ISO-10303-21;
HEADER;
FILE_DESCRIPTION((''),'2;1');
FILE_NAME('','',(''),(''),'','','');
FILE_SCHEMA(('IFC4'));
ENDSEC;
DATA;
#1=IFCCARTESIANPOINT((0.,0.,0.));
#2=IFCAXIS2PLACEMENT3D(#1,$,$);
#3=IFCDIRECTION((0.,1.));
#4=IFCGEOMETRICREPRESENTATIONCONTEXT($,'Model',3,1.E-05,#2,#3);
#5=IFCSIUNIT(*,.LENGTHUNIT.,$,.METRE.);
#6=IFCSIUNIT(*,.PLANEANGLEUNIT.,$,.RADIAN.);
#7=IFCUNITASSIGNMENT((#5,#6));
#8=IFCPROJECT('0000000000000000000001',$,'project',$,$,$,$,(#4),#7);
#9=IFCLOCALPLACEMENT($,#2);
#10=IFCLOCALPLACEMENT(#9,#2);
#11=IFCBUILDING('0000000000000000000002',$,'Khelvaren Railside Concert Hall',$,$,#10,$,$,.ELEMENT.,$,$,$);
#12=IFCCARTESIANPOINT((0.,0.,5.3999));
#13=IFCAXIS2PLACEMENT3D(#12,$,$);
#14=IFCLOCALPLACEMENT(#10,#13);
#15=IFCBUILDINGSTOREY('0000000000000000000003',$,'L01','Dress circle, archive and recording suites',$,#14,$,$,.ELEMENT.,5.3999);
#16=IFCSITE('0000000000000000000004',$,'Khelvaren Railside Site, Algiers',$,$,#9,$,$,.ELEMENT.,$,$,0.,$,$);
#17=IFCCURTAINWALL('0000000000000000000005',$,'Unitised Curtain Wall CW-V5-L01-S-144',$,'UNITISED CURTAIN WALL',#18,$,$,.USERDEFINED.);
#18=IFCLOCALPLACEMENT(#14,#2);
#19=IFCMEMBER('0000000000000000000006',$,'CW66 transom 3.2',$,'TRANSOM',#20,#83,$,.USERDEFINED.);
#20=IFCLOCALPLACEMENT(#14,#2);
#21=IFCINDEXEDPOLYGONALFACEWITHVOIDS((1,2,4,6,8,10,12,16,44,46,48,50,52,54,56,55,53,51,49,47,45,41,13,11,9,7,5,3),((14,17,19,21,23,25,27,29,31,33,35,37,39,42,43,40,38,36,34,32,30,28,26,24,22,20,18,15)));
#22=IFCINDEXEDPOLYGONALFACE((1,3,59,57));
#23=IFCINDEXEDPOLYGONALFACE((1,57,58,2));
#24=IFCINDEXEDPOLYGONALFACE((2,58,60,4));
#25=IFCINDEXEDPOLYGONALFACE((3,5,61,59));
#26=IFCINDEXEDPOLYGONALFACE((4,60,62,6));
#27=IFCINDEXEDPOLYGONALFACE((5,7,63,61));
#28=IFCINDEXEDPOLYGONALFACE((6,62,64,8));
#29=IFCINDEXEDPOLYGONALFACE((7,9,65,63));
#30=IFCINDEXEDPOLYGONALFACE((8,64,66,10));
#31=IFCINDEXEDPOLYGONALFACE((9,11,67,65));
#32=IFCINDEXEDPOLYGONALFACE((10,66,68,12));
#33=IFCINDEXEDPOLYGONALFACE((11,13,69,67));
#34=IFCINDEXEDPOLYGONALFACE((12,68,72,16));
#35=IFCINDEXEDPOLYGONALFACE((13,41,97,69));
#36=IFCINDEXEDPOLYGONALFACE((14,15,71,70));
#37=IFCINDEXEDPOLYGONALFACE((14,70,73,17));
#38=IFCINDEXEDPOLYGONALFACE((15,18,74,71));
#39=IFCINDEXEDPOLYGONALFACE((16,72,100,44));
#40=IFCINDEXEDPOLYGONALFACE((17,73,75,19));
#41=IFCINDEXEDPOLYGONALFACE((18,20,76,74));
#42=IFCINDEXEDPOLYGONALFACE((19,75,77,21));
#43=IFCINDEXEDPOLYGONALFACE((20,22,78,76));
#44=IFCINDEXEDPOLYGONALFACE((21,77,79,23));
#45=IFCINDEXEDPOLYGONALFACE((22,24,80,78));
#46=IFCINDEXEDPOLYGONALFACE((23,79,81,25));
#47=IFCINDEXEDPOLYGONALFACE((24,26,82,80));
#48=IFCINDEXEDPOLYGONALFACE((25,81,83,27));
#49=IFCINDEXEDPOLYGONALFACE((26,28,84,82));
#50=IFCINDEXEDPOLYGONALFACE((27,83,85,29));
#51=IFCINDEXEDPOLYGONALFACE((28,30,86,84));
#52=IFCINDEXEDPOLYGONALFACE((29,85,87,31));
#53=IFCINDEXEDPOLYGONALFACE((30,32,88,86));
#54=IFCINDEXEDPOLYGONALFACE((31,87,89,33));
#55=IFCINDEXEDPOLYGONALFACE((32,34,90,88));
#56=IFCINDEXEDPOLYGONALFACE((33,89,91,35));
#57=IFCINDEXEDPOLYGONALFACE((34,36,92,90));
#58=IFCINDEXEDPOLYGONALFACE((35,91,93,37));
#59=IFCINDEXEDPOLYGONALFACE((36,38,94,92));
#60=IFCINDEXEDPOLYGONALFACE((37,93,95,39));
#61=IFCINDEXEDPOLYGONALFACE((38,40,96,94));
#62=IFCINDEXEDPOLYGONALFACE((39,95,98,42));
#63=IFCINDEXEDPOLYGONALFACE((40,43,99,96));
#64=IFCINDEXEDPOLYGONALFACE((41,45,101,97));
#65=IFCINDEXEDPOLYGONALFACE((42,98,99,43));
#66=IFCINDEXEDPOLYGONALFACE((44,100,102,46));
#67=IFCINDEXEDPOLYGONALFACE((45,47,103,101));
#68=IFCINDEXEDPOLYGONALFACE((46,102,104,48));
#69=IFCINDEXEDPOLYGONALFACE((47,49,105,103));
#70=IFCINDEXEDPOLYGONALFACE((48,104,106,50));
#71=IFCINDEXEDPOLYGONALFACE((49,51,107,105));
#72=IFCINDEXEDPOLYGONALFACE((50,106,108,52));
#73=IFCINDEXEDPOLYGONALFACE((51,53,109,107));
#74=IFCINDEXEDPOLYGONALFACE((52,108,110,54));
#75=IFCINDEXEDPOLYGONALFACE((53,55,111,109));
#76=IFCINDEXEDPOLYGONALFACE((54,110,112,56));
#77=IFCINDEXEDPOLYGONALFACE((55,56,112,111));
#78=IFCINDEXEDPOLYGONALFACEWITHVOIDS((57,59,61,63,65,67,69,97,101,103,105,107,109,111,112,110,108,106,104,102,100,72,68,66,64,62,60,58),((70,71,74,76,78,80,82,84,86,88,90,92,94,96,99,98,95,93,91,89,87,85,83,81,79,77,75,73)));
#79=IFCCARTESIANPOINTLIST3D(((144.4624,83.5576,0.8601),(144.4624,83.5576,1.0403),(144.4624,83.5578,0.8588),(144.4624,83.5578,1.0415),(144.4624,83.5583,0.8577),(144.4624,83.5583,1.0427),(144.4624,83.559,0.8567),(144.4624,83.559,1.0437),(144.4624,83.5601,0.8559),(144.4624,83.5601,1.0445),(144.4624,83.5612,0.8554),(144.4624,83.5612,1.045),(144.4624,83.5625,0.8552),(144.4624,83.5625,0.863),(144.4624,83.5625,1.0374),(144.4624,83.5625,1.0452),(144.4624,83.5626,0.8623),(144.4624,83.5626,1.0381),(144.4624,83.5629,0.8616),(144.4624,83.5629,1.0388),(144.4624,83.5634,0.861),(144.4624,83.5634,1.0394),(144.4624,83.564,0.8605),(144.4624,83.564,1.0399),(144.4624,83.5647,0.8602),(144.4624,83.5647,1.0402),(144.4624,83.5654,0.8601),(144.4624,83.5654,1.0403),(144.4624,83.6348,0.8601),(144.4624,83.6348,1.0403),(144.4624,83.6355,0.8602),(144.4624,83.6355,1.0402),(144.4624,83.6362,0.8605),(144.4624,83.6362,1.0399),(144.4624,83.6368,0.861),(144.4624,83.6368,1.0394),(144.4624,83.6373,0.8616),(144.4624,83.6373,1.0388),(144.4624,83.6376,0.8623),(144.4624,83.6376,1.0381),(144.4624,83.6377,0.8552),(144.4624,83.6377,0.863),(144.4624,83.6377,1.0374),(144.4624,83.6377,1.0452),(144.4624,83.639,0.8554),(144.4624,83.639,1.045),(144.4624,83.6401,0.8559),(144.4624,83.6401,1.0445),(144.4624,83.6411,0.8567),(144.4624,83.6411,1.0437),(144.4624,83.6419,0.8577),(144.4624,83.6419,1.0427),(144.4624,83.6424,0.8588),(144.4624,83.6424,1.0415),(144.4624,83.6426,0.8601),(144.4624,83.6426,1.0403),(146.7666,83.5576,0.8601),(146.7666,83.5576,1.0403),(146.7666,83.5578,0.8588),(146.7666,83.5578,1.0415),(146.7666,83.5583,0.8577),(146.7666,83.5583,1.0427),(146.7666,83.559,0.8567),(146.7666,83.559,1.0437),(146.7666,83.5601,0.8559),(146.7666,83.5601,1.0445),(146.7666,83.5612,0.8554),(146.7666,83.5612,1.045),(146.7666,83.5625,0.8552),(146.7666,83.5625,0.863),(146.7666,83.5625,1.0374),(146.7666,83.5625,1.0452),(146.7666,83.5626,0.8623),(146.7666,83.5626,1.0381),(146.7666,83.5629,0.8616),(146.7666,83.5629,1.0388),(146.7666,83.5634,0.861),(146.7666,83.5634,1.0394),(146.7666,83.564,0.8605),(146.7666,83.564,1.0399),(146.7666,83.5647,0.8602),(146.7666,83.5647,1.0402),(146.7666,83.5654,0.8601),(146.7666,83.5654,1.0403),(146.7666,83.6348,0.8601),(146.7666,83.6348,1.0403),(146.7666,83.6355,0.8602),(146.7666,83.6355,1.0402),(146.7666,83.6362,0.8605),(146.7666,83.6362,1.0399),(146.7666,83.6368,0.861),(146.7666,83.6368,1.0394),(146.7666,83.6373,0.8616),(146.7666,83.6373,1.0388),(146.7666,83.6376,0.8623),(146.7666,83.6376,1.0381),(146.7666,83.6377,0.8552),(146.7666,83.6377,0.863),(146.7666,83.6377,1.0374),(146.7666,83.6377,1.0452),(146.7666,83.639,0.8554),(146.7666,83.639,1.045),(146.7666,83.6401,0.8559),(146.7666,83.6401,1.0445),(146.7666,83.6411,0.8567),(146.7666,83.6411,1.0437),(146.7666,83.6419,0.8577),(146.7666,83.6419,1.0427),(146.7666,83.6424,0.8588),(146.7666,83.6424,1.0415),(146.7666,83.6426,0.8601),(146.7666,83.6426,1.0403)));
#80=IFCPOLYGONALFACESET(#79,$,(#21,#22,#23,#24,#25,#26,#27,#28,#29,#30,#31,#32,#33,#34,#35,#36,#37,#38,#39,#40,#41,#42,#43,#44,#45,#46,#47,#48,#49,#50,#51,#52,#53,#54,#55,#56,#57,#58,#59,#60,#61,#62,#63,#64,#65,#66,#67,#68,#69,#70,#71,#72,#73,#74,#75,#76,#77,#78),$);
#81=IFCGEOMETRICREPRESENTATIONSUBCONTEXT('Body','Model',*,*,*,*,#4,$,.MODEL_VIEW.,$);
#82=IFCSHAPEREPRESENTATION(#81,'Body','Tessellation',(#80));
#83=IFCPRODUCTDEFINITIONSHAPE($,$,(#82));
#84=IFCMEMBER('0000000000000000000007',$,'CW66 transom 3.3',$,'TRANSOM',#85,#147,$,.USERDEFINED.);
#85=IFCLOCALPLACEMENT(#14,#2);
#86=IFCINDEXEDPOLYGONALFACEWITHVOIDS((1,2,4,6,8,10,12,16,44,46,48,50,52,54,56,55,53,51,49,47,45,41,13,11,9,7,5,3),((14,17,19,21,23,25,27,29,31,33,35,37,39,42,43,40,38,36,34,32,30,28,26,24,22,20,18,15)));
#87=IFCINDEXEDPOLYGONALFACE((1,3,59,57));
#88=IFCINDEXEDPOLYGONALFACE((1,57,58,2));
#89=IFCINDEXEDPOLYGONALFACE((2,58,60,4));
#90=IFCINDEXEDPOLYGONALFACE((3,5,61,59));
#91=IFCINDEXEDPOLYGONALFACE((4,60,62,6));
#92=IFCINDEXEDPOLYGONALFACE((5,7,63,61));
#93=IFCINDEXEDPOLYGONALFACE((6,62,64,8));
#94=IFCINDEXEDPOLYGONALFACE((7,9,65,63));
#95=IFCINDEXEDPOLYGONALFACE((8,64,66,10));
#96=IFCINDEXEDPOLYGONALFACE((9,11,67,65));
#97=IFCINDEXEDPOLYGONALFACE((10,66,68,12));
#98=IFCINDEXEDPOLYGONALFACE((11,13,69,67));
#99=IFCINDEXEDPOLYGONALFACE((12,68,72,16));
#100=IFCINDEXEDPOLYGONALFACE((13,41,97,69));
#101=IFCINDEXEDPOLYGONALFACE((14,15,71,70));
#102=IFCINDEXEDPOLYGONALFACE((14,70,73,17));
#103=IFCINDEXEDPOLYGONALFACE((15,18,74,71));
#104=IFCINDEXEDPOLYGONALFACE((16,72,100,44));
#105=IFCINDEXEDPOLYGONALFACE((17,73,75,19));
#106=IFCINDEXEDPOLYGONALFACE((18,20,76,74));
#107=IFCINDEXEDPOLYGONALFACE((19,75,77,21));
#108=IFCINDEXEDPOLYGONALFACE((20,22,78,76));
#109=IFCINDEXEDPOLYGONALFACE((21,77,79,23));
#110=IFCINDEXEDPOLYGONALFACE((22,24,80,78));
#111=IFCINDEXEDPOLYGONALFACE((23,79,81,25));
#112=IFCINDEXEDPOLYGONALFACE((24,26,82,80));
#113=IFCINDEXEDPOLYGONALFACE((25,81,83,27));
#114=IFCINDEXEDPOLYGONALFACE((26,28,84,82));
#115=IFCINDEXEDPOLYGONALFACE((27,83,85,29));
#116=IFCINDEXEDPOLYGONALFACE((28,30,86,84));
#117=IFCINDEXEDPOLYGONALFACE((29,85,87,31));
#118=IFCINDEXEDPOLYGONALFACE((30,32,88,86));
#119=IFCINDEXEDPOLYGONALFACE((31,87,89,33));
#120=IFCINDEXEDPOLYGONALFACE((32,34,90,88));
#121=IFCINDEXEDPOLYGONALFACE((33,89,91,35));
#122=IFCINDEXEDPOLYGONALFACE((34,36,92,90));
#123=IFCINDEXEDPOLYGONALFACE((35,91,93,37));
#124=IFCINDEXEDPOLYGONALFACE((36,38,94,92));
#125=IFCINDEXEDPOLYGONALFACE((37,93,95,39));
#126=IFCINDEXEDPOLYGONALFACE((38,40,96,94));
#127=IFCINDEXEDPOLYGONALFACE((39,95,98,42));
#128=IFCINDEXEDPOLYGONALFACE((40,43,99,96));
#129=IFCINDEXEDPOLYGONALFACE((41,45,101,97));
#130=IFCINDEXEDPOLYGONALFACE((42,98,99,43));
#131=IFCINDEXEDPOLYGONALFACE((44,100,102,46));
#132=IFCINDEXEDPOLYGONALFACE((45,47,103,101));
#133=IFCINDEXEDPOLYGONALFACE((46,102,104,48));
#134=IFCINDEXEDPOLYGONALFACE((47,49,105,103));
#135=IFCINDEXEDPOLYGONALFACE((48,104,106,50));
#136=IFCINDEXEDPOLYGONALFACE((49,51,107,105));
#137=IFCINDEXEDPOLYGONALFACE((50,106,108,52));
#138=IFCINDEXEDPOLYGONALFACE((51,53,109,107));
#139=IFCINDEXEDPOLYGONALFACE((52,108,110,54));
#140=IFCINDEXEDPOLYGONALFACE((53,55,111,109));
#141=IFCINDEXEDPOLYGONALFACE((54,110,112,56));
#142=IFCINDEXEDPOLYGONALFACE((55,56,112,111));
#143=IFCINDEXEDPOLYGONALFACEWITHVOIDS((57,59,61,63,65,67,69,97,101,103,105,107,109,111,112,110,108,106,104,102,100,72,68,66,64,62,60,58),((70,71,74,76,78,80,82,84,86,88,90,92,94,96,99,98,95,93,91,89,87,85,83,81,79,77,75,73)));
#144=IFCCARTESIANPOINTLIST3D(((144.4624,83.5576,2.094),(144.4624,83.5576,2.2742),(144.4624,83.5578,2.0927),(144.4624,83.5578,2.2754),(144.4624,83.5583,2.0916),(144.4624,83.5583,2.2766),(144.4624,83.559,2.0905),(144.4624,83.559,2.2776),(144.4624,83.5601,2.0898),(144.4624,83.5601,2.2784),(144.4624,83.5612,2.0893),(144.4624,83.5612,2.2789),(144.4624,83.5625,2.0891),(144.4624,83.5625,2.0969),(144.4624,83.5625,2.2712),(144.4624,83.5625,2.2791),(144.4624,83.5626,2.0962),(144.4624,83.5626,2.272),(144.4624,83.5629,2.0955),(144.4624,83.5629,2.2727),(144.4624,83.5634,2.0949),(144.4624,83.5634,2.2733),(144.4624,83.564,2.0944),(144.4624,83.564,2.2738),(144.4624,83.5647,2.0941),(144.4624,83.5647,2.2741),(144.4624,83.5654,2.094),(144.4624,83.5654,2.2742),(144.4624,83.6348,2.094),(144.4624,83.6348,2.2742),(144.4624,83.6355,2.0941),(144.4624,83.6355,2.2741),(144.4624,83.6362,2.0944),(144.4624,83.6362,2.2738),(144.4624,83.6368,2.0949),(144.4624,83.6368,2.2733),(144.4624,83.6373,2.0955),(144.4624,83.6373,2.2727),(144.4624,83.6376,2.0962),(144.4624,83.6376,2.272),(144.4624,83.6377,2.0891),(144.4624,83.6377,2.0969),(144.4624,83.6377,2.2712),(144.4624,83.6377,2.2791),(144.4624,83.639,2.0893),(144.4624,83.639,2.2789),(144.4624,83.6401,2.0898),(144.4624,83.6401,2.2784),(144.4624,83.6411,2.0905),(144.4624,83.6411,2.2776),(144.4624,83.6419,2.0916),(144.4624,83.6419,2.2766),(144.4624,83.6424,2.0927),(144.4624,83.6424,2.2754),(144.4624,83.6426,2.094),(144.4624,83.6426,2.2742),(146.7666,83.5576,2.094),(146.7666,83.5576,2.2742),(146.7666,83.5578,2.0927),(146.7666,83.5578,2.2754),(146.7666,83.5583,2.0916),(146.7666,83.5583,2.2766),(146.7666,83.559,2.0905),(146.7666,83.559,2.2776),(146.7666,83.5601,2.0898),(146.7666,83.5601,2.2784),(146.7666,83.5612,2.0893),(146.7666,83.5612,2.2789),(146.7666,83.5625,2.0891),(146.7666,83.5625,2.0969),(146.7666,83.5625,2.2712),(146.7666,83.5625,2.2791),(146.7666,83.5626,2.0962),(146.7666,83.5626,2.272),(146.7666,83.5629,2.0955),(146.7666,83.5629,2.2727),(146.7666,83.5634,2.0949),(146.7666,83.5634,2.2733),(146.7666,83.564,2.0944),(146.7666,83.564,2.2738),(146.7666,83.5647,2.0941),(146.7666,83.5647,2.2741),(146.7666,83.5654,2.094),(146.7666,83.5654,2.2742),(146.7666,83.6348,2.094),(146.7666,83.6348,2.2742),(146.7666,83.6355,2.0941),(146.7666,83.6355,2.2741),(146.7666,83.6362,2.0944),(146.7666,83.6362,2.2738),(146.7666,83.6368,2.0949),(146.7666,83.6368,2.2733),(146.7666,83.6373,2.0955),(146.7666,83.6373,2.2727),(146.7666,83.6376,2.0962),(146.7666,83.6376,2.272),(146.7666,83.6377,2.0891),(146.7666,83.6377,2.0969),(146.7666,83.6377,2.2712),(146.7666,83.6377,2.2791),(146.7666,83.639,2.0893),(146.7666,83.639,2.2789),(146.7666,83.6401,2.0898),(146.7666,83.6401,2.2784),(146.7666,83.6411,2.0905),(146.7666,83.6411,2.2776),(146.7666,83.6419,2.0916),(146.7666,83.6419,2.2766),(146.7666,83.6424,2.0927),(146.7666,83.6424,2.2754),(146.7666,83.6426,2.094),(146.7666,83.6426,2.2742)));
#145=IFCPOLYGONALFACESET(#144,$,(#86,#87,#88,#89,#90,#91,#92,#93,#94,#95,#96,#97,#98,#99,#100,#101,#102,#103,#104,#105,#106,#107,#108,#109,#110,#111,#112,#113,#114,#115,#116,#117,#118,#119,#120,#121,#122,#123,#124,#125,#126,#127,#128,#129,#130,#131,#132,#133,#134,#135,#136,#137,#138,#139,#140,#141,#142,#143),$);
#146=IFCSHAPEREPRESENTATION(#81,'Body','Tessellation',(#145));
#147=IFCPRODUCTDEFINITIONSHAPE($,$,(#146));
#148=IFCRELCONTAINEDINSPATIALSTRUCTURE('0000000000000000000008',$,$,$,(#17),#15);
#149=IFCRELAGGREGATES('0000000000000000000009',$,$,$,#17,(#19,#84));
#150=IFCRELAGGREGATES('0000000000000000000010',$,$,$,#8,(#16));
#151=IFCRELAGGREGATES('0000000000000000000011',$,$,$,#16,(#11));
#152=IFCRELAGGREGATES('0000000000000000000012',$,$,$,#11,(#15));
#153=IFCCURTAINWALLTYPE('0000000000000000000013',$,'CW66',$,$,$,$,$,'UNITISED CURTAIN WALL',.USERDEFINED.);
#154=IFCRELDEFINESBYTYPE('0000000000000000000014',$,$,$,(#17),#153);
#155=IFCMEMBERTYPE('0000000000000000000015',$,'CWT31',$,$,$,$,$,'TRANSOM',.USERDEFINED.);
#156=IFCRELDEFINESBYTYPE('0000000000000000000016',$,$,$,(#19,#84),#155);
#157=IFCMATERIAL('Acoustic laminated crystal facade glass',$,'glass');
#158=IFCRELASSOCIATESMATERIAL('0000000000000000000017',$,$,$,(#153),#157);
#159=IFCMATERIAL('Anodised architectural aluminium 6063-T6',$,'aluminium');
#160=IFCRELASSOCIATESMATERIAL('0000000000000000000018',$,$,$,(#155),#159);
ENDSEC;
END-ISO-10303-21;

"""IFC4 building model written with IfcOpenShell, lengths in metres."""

from ifc_helpers import new_model, si_unit, direction, frame, origin, origin_2d, place, context, subcontext, project, spatial, hollow_rectangle, extrude, material, material_profile, profile_set, type_object, element, aggregate, save


model = new_model("IFC4")

# Units and contexts
model_context = context("Model", 3, precision=1e-05, world=origin(), true_north=direction((0.0, 1.0)))
body_context = subcontext(model_context, "Body", "Model", "MODEL_VIEW")
ifc_project = project(units=[si_unit("LENGTHUNIT", "METRE"), si_unit("PLANEANGLEUNIT", "RADIAN")], contexts=[model_context])

# Site, building, storey
site_placement = place(None, origin())
site = spatial("IfcSite", under=ifc_project, at=site_placement, Name="Khelvaren Railside Site, Algiers", CompositionType="ELEMENT", RefElevation=0.0)
building_placement = place(site_placement, origin())
building = spatial("IfcBuilding", under=site, at=building_placement, Name="Khelvaren Railside Concert Hall", CompositionType="ELEMENT")
storey_placement = place(building_placement, frame((0.0, 0.0, 5.3999)))
storey = spatial("IfcBuildingStorey", under=building, at=storey_placement, Name="L01", Description="Dress circle, archive and recording suites", CompositionType="ELEMENT", Elevation=5.3999)

# Shared definitions
ifc_material_1 = material(Name="Acoustic laminated crystal facade glass", Category="glass")
ifc_material_2 = material(Name="Anodised architectural aluminium 6063-T6", Category="aluminium")

# Curtain wall
curtain_wall_type_1 = type_object("IfcCurtainWallType", Name="CW66", ElementType="UNITISED CURTAIN WALL", PredefinedType="USERDEFINED", material=ifc_material_1)
curtain_wall_1_placement = place(storey_placement, origin())
curtain_wall_1 = element("IfcCurtainWall", 1, at=curtain_wall_1_placement, inside=storey, type_object=curtain_wall_type_1, Name="Unitised Curtain Wall CW-V5-L01-S-144", ObjectType="UNITISED CURTAIN WALL", PredefinedType="USERDEFINED")

# Members
ifc_material_profile_1 = material_profile(ifc_material_2, hollow_rectangle(XDim=0.085, YDim=0.1899, WallThickness=0.0049, InnerFilletRadius=0.0029, OuterFilletRadius=0.0049, at=origin_2d()), Name="CWT 85x190x5")
ifc_profile_set_1 = profile_set([ifc_material_profile_1], Name="Anodised architectural aluminium 6063-T6")
member_type_1 = type_object("IfcMemberType", Name="CWT31", ElementType="TRANSOM", PredefinedType="USERDEFINED", material=ifc_profile_set_1)
member_1_placement = place(storey_placement, frame((146.7666, 83.6001, 0.9502), z_axis=(-1.0, 0.0, 0.0), x_axis=(0.0, -1.0, 0.0)))
member_1 = element("IfcMember", 2, at=member_1_placement, type_object=member_type_1, Name="CW66 transom 3.2", ObjectType="TRANSOM", PredefinedType="USERDEFINED", context=body_context, shape_type="SweptSolid", body=[
    extrude(hollow_rectangle(XDim=0.085, YDim=0.1899, WallThickness=0.0049, InnerFilletRadius=0.0029, OuterFilletRadius=0.0049, at=origin_2d()), origin(), (0.0, 0.0, 1.0), 2.3042),
])
member_2_placement = place(storey_placement, frame((146.7666, 83.6001, 2.1841), z_axis=(-1.0, 0.0, 0.0), x_axis=(0.0, -1.0, 0.0)))
member_2 = element("IfcMember", 3, at=member_2_placement, type_object=member_type_1, Name="CW66 transom 3.3", ObjectType="TRANSOM", PredefinedType="USERDEFINED", context=body_context, shape_type="SweptSolid", body=[
    extrude(hollow_rectangle(XDim=0.085, YDim=0.1899, WallThickness=0.0049, InnerFilletRadius=0.0029, OuterFilletRadius=0.0049, at=origin_2d()), origin(), (0.0, 0.0, 1.0), 2.3042),
])

aggregate(curtain_wall_1, [member_1, member_2])

save(model, "model.ifc")
